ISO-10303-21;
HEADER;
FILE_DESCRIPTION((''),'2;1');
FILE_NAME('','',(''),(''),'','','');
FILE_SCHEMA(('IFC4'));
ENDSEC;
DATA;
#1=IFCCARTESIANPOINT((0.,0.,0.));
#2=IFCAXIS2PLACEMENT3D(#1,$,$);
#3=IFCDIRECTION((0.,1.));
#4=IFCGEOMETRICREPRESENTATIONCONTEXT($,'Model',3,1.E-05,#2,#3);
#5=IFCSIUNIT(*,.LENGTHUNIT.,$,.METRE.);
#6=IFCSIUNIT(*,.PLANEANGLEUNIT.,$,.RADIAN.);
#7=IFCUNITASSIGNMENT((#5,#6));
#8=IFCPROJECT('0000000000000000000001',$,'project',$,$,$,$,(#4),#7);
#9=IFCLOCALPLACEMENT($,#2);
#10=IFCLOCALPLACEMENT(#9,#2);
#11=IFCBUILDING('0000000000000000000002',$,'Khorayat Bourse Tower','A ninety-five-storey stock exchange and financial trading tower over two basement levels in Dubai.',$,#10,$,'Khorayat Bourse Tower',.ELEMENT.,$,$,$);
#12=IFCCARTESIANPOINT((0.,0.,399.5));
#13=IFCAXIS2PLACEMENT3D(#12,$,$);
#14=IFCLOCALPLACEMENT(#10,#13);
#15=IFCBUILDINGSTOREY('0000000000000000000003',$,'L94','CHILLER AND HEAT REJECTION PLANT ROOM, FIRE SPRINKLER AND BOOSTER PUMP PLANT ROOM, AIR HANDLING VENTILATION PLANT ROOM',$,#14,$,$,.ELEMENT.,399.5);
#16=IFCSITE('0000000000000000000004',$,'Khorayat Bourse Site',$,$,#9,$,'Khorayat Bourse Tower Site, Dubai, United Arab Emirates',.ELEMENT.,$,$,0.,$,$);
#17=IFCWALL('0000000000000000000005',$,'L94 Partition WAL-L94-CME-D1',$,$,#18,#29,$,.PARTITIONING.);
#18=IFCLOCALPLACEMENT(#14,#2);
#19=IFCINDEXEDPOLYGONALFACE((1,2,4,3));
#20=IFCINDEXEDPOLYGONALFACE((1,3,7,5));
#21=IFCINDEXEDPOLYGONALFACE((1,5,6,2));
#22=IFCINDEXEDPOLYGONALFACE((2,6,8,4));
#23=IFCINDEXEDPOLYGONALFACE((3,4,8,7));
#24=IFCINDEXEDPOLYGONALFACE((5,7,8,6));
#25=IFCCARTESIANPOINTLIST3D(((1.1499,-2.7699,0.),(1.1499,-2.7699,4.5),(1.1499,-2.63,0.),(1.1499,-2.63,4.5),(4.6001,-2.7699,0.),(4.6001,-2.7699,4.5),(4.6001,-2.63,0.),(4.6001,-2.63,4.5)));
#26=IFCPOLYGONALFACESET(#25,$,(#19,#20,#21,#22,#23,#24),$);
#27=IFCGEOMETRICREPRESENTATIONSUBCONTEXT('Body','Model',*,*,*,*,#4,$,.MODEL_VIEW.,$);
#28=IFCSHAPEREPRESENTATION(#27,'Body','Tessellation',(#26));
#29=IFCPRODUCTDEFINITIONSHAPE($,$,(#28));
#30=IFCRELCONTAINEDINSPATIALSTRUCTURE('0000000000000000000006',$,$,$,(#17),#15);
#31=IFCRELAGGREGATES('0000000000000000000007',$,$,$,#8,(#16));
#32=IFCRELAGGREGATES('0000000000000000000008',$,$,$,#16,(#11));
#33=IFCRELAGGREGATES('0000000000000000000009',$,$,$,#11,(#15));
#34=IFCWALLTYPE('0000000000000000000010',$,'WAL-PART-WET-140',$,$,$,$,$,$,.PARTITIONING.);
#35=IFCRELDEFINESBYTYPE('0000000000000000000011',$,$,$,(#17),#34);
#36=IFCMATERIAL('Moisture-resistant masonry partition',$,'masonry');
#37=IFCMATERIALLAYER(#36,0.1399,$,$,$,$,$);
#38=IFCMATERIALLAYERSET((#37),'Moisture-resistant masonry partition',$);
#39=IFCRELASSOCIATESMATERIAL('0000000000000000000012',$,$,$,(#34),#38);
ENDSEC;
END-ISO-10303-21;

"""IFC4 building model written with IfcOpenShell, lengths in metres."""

from ifc_helpers import new_model, si_unit, direction, frame, frame_2d, origin, place, context, subcontext, project, spatial, rectangle, extrude, source, transform, mapped, material, layer, layer_set, type_object, element, save


model = new_model("IFC4")

# Units and contexts
model_context = context("Model", 3, precision=1e-05, world=origin(), true_north=direction((0.0, 1.0)))
body_context = subcontext(model_context, "Body", "Model", "MODEL_VIEW")
ifc_project = project(units=[si_unit("LENGTHUNIT", "METRE"), si_unit("PLANEANGLEUNIT", "RADIAN")], contexts=[model_context])

# Site, building, storey
site_placement = place(None, origin())
site = spatial("IfcSite", under=ifc_project, at=site_placement, Name="Khorayat Bourse Site", LongName="Khorayat Bourse Tower Site, Dubai, United Arab Emirates", CompositionType="ELEMENT", RefElevation=0.0)
building_placement = place(site_placement, origin())
building = spatial("IfcBuilding", under=site, at=building_placement, Name="Khorayat Bourse Tower", Description="A ninety-five-storey stock exchange and financial trading tower over two basement levels in Dubai.", LongName="Khorayat Bourse Tower", CompositionType="ELEMENT")
storey_placement = place(building_placement, frame((0.0, 0.0, 399.5)))
storey = spatial("IfcBuildingStorey", under=building, at=storey_placement, Name="L94", Description="CHILLER AND HEAT REJECTION PLANT ROOM, FIRE SPRINKLER AND BOOSTER PUMP PLANT ROOM, AIR HANDLING VENTILATION PLANT ROOM", CompositionType="ELEMENT", Elevation=399.5)

# Wall
ifc_material_1 = material(Name="Moisture-resistant masonry partition", Category="masonry")
ifc_layer_1 = layer(ifc_material_1, 0.1399)
ifc_layer_set_1 = layer_set([ifc_layer_1], Name="Moisture-resistant masonry partition")
wall_type_1 = type_object("IfcWallType", Name="WAL-PART-WET-140", PredefinedType="PARTITIONING", material=ifc_layer_set_1)
shared_shape_1 = source(origin(), body_context, "Body", "SweptSolid", [
    extrude(rectangle(XDim=3.4502, YDim=0.1399, at=frame_2d((1.7251, 0.0))), origin(), (0.0, 0.0, 1.0), 4.5),
])
wall_1_placement = place(storey_placement, frame((1.1499, -2.7, 0.0), z_axis=(0.0, 0.0, 1.0), x_axis=(1.0, 0.0, 0.0)))
element("IfcWall", 1, at=wall_1_placement, inside=storey, type_object=wall_type_1, Name="L94 Partition WAL-L94-CME-D1", PredefinedType="PARTITIONING", context=body_context, shape_type="MappedRepresentation", body=[
    mapped(shared_shape_1, transform((0.0, 0.0, 0.0), scale=1.0)),
])

save(model, "model.ifc")
